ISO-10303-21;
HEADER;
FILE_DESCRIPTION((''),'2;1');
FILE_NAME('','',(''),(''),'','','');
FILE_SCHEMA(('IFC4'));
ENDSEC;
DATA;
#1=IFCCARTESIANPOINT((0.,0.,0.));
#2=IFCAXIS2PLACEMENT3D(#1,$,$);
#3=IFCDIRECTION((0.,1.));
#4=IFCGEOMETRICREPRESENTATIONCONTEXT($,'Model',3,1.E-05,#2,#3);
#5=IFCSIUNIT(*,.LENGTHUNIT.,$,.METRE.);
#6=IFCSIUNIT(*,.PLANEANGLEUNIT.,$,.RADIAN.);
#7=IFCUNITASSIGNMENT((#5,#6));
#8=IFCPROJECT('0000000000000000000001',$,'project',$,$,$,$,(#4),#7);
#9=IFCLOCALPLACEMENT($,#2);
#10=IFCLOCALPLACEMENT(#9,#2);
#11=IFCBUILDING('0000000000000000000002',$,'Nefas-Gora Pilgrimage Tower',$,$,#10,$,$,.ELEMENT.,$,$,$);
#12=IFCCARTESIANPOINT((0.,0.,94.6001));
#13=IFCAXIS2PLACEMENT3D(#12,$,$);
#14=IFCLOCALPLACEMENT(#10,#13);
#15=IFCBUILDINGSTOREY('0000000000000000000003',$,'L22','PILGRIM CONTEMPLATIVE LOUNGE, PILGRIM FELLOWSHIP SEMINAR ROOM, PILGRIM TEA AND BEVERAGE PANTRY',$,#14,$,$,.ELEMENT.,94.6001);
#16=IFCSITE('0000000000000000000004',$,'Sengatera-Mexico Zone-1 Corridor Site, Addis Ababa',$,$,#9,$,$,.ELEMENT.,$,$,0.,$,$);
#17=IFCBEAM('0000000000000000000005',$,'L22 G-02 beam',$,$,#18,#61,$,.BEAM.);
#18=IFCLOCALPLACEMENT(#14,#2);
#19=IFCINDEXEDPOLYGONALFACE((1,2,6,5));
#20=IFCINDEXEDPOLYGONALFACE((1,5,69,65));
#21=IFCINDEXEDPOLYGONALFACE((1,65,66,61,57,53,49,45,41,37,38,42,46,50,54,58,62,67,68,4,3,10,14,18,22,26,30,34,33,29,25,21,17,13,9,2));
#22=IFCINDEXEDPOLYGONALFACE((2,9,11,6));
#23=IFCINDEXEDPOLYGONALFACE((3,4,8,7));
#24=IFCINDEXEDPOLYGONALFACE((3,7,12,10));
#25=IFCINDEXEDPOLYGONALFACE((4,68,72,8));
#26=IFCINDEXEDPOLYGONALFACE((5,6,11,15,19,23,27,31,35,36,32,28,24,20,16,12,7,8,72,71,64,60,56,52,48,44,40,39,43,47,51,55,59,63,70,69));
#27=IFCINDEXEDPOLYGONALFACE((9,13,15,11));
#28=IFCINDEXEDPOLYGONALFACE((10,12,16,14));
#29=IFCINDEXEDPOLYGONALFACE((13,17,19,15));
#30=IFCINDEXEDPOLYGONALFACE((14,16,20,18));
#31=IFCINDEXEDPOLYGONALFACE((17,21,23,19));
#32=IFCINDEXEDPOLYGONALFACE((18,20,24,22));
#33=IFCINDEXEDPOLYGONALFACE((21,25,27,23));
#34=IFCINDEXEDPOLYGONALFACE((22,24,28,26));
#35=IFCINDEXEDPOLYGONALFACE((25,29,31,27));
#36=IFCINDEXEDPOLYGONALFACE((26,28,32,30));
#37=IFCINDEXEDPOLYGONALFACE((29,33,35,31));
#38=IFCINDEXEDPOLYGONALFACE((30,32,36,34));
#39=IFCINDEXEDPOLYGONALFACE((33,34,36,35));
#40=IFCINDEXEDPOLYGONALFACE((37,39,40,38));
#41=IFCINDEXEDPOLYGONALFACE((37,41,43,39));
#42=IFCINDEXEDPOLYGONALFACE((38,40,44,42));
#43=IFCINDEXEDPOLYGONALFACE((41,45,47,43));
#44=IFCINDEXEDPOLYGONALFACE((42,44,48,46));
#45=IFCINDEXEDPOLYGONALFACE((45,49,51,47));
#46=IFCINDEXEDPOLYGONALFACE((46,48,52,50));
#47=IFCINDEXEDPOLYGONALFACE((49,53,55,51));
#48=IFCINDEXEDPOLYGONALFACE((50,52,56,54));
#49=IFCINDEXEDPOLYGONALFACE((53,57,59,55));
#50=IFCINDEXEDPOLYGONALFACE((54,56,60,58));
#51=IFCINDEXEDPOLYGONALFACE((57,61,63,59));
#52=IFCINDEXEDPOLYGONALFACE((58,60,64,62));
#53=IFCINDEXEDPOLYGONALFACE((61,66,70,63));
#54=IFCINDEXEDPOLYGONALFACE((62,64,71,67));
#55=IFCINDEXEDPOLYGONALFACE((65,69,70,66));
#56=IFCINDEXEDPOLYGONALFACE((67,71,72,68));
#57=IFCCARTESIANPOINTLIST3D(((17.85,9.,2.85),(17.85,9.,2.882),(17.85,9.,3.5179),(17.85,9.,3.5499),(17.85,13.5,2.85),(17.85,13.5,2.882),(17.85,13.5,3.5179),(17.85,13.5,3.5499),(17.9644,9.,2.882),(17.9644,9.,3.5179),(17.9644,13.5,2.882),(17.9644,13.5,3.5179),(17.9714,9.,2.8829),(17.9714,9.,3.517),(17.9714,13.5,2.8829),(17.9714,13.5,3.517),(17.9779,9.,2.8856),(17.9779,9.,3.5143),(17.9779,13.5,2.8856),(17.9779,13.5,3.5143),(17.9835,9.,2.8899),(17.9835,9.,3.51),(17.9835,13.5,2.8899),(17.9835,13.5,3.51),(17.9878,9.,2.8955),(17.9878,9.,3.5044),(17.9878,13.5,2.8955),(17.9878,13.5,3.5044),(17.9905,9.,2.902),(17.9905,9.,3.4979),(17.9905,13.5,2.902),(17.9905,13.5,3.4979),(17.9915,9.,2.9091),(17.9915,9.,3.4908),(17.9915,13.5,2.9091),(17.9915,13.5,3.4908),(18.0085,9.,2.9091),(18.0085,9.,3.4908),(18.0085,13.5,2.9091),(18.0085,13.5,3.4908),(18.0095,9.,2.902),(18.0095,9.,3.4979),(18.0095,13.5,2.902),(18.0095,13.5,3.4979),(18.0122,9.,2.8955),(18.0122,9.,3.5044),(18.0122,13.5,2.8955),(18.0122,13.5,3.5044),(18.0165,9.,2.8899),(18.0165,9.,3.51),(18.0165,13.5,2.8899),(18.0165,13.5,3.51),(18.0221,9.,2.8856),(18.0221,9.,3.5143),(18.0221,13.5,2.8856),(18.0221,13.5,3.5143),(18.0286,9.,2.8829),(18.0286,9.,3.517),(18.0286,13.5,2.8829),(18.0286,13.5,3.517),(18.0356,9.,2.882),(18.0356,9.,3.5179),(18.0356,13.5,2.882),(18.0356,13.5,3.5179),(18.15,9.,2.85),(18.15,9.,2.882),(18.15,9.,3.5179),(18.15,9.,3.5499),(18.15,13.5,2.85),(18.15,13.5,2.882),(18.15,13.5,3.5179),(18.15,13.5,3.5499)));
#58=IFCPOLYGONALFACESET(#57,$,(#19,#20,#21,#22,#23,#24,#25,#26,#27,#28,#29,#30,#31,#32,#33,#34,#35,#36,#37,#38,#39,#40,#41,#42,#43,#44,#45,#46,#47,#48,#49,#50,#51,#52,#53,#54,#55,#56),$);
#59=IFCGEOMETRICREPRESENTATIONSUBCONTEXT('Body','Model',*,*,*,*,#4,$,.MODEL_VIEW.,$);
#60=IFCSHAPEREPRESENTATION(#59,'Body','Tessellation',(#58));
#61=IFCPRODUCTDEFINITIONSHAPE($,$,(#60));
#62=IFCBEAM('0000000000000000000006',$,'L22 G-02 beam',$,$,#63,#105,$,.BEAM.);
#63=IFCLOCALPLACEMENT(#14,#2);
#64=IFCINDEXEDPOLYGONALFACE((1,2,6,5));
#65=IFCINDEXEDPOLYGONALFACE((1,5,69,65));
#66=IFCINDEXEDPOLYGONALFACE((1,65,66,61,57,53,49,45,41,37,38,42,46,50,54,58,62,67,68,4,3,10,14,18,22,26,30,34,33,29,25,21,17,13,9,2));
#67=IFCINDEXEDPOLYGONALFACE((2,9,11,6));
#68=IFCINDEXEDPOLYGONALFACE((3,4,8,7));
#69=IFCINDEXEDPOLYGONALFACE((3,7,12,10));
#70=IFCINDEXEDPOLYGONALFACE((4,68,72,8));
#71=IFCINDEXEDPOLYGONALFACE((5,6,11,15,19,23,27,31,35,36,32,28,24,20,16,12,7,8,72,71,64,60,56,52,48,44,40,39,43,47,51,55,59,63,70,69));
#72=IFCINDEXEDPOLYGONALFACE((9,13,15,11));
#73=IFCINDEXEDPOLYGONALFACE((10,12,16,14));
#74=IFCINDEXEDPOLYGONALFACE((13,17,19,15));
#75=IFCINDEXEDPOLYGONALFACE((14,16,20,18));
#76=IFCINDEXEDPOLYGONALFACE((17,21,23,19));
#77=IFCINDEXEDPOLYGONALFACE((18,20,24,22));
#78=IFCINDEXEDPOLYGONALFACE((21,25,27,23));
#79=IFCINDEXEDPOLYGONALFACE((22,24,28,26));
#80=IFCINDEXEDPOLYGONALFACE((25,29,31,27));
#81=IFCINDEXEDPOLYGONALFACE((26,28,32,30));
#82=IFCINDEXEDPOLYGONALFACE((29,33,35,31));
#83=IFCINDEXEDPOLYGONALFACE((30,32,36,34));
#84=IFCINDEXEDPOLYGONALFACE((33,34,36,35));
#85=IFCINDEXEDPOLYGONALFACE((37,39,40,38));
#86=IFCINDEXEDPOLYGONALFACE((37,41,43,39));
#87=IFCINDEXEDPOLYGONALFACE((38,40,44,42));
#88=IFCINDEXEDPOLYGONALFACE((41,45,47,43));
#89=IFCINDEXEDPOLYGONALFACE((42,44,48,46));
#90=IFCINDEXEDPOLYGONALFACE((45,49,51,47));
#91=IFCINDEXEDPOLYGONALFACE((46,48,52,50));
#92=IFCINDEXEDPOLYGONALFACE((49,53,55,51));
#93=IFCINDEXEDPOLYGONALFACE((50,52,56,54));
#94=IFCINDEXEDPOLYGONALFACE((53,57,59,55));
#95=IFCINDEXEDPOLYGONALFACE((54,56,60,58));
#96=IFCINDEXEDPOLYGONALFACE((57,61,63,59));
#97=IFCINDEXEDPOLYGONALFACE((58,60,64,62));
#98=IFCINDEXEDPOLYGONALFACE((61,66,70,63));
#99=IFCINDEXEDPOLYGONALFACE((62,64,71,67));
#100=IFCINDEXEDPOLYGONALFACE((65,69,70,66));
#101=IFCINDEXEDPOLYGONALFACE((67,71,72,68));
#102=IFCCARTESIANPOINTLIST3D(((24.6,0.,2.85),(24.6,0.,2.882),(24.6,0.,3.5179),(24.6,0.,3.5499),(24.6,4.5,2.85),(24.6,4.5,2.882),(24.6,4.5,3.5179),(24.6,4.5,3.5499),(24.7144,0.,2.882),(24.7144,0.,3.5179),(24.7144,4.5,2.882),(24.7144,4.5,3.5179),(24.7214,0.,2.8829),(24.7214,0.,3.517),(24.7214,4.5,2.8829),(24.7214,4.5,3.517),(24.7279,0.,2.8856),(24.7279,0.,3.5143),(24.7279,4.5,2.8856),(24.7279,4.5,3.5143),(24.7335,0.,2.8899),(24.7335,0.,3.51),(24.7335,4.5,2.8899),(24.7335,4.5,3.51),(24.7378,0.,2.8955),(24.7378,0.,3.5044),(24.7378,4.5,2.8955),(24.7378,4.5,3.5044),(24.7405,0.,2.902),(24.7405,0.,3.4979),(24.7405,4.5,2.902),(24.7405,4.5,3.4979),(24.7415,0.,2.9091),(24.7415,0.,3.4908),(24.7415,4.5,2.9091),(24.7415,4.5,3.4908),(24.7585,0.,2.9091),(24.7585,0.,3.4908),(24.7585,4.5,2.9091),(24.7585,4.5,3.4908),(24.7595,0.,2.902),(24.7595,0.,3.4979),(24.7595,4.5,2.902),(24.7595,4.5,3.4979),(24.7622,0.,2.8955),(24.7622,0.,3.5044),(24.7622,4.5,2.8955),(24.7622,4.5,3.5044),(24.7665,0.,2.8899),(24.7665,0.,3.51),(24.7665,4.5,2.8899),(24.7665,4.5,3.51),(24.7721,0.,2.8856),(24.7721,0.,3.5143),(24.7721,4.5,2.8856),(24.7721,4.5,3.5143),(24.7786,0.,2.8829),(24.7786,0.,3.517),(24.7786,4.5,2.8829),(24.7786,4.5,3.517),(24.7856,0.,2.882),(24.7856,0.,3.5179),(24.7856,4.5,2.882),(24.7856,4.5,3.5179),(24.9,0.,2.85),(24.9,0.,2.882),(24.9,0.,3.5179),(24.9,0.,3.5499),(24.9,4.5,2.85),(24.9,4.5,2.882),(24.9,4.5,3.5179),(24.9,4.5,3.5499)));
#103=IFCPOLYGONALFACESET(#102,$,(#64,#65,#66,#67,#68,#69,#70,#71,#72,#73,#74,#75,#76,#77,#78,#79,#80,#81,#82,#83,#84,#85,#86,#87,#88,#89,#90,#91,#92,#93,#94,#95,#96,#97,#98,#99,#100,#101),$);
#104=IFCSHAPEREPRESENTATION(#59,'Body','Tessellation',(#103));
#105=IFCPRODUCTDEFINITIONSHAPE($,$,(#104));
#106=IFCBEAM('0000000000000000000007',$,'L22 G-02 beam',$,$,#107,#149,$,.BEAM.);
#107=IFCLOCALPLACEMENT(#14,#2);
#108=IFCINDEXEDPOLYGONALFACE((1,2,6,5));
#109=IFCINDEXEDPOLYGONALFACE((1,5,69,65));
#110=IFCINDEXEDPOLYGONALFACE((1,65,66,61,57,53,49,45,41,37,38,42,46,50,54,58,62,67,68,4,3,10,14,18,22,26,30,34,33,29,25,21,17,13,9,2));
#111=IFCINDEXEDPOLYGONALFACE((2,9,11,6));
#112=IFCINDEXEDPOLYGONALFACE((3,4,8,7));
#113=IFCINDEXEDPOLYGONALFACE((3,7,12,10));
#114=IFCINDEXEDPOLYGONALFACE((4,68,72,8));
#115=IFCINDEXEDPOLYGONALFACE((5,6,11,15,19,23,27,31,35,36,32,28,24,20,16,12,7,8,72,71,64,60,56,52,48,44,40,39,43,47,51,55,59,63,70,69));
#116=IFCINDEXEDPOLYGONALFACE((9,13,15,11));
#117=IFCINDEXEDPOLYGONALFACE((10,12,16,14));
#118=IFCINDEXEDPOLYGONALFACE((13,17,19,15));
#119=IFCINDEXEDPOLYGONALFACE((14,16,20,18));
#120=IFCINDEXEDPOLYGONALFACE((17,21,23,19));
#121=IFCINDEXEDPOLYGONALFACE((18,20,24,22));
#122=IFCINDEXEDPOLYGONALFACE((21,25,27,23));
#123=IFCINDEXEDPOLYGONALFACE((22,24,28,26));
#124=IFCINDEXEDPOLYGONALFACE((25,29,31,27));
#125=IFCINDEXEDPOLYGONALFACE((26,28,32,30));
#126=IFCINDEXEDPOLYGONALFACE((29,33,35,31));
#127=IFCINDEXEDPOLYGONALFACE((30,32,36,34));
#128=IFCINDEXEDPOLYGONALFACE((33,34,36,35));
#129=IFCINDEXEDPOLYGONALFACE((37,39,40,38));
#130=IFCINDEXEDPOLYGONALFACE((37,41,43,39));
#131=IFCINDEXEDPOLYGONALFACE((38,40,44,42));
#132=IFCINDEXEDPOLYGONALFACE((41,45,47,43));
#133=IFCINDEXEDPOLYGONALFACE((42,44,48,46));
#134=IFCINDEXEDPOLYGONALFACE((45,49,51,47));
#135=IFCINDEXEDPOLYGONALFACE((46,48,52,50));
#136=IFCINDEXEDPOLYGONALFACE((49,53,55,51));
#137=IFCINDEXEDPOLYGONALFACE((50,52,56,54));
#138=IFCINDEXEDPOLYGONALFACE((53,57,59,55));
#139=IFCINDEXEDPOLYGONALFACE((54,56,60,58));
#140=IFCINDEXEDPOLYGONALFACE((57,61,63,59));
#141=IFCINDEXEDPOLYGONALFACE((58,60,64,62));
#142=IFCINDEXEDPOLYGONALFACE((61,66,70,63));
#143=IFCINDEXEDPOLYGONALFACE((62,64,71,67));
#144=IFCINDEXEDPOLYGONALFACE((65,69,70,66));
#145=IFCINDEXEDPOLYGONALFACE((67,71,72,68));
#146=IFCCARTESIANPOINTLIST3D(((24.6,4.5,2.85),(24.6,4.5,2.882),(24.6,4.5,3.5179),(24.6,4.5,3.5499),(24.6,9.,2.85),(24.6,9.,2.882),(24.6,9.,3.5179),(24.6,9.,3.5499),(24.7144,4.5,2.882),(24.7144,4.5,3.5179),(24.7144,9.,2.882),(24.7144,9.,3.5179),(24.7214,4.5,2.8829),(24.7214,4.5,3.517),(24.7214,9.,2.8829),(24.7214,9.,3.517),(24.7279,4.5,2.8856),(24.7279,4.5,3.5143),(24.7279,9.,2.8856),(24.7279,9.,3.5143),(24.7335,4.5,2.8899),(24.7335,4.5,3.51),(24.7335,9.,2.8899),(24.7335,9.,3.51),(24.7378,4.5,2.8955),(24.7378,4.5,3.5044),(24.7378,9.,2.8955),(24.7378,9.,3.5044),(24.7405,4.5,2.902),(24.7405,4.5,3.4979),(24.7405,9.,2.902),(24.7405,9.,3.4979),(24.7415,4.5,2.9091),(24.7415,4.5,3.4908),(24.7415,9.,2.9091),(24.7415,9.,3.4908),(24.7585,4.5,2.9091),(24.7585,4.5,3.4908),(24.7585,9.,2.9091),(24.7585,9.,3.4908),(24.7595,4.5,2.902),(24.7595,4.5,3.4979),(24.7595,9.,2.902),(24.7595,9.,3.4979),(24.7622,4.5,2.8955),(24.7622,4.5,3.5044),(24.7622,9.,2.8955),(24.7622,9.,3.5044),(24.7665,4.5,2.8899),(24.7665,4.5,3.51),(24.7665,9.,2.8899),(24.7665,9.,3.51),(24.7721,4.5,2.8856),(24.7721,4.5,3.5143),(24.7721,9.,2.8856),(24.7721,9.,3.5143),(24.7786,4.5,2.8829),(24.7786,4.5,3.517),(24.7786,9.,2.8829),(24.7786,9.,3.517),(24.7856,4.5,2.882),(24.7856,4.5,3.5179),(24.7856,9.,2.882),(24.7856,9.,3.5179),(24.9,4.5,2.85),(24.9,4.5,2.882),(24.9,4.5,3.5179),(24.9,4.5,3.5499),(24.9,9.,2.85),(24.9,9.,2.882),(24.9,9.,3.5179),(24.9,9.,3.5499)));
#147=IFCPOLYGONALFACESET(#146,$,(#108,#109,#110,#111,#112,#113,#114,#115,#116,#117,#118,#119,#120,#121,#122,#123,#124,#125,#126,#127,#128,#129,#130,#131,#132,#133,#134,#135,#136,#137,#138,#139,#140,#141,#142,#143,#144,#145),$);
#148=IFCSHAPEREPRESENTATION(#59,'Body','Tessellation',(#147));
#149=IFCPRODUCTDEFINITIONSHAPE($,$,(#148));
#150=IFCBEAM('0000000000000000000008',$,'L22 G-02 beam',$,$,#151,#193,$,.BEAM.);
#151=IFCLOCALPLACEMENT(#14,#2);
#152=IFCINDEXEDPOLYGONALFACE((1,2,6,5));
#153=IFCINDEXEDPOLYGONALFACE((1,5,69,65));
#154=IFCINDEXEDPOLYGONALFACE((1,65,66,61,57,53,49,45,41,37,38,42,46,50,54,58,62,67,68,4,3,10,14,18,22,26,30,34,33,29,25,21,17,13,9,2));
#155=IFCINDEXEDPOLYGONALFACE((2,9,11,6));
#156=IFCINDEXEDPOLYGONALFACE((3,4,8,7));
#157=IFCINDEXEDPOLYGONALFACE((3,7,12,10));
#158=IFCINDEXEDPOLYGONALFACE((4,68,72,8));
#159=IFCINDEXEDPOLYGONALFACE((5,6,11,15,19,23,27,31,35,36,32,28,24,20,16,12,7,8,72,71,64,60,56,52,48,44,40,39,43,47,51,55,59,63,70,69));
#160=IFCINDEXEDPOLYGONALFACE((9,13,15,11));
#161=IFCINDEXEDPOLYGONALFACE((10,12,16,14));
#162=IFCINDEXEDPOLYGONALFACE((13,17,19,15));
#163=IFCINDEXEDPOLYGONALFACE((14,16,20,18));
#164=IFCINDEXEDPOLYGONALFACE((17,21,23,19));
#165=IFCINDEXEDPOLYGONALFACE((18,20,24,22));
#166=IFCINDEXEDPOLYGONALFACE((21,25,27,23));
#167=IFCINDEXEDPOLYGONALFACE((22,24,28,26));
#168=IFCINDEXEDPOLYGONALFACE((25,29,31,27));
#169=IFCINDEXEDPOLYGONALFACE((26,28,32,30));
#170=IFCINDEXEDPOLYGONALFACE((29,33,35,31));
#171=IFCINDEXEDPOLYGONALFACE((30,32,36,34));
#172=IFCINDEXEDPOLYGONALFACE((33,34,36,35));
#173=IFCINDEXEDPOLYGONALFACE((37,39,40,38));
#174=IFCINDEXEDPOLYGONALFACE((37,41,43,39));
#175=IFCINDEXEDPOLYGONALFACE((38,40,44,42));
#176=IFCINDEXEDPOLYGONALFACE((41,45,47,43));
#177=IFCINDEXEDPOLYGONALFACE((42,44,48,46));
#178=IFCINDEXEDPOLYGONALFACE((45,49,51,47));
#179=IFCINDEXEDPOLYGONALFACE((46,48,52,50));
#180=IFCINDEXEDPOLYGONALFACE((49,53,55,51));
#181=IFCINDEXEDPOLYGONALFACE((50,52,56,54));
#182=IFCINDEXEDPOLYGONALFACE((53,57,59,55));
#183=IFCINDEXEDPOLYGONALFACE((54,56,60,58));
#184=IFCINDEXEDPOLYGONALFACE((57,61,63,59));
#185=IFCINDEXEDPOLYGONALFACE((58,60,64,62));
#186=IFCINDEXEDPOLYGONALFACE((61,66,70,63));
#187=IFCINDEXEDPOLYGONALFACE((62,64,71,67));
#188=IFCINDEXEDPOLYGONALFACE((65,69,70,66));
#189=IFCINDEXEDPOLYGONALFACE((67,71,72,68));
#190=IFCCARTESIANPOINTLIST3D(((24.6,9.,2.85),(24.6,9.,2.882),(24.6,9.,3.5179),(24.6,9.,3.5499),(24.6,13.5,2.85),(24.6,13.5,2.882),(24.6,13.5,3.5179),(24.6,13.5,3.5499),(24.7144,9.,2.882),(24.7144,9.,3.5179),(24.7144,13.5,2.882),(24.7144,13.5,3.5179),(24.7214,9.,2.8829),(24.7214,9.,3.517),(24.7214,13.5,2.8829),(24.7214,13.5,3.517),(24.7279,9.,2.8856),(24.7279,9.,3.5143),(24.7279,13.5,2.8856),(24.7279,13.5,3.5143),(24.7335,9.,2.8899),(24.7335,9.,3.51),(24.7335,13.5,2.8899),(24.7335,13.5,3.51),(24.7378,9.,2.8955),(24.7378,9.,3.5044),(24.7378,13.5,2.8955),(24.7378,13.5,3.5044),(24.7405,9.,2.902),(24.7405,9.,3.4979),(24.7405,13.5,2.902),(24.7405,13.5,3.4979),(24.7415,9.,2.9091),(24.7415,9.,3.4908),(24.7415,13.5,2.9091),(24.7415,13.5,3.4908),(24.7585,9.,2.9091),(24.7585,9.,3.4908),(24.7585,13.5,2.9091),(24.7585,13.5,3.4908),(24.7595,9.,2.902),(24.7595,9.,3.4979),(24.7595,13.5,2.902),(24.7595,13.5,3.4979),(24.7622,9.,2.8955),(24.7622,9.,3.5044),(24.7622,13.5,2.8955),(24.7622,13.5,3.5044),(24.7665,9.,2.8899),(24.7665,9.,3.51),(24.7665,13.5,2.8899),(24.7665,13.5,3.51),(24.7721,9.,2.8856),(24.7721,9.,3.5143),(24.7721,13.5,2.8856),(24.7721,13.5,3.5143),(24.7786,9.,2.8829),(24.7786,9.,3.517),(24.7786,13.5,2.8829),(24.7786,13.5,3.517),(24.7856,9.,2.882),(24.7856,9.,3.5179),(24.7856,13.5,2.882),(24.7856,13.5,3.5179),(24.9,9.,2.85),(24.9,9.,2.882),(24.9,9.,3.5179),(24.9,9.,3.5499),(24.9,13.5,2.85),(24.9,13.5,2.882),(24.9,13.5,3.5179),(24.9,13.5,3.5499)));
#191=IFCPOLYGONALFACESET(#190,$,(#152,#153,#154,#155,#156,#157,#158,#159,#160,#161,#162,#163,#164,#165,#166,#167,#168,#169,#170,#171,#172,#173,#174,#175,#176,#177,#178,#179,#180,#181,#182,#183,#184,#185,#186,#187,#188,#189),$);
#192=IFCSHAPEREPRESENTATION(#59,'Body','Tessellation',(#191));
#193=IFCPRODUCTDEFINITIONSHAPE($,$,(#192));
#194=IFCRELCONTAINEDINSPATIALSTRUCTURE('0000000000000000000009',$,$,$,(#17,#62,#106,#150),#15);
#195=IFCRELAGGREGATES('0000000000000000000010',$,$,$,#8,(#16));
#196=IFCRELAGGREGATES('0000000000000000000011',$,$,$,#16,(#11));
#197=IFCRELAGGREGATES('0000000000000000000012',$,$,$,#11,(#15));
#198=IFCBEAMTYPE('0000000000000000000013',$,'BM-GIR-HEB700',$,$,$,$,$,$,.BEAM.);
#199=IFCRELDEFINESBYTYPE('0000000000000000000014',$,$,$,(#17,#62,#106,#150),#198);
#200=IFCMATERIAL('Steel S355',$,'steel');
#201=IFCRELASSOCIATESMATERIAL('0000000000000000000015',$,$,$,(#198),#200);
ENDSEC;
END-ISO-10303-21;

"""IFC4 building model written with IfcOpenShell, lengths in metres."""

from ifc_helpers import new_model, si_unit, direction, frame, origin, origin_2d, place, context, subcontext, project, spatial, i_section, extrude, source, transform, mapped, material, material_profile, profile_set, type_object, element, save


model = new_model("IFC4")

# Units and contexts
model_context = context("Model", 3, precision=1e-05, world=origin(), true_north=direction((0.0, 1.0)))
body_context = subcontext(model_context, "Body", "Model", "MODEL_VIEW")
ifc_project = project(units=[si_unit("LENGTHUNIT", "METRE"), si_unit("PLANEANGLEUNIT", "RADIAN")], contexts=[model_context])

# Site, building, storey
site_placement = place(None, origin())
site = spatial("IfcSite", under=ifc_project, at=site_placement, Name="Sengatera-Mexico Zone-1 Corridor Site, Addis Ababa", CompositionType="ELEMENT", RefElevation=0.0)
building_placement = place(site_placement, origin())
building = spatial("IfcBuilding", under=site, at=building_placement, Name="Nefas-Gora Pilgrimage Tower", CompositionType="ELEMENT")
storey_placement = place(building_placement, frame((0.0, 0.0, 94.6001)))
storey = spatial("IfcBuildingStorey", under=building, at=storey_placement, Name="L22", Description="PILGRIM CONTEMPLATIVE LOUNGE, PILGRIM FELLOWSHIP SEMINAR ROOM, PILGRIM TEA AND BEVERAGE PANTRY", CompositionType="ELEMENT", Elevation=94.6001)

# Beams
ifc_material_1 = material(Name="Steel S355", Category="steel")
ifc_material_profile_1 = material_profile(ifc_material_1, i_section(OverallWidth=0.3, OverallDepth=0.7, WebThickness=0.0171, FlangeThickness=0.032, FilletRadius=0.0271, at=origin_2d()), Name="HEB 700")
ifc_profile_set_1 = profile_set([ifc_material_profile_1], Name="Steel S355")
beam_type_1 = type_object("IfcBeamType", Name="BM-GIR-HEB700", PredefinedType="BEAM", material=ifc_profile_set_1)
shared_shape_1 = source(origin(), body_context, "Body", "SweptSolid", [
    extrude(i_section(OverallWidth=0.3, OverallDepth=0.7, WebThickness=0.0171, FlangeThickness=0.032, FilletRadius=0.0271, at=origin_2d()), origin(), (0.0, 0.0, 1.0), 4.5),
])
for number, where, z_axis, x_axis, name in (
    (1, (18.0, 9.0, 3.2), (0.0, 1.0, 0.0), (-1.0, 0.0, 0.0), "L22 G-02 beam"),
    (2, (24.75, 0.0, 3.2), (0.0, 1.0, 0.0), (-1.0, 0.0, 0.0), "L22 G-02 beam"),
    (3, (24.75, 4.5, 3.2), (0.0, 1.0, 0.0), (-1.0, 0.0, 0.0), "L22 G-02 beam"),
    (4, (24.75, 9.0, 3.2), (0.0, 1.0, 0.0), (-1.0, 0.0, 0.0), "L22 G-02 beam"),
):
    element("IfcBeam", number, at=place(storey_placement, frame(where, z_axis=z_axis, x_axis=x_axis)), inside=storey, type_object=beam_type_1, Name=name, PredefinedType="BEAM", context=body_context, shape_type="MappedRepresentation", body=[
        mapped(shared_shape_1, transform((0.0, 0.0, 0.0), x_axis=(1.0, 0.0, 0.0), y_axis=(0.0, 1.0, 0.0), z_axis=(0.0, 0.0, 1.0), scale=1.0)),
    ])

save(model, "model.ifc")
